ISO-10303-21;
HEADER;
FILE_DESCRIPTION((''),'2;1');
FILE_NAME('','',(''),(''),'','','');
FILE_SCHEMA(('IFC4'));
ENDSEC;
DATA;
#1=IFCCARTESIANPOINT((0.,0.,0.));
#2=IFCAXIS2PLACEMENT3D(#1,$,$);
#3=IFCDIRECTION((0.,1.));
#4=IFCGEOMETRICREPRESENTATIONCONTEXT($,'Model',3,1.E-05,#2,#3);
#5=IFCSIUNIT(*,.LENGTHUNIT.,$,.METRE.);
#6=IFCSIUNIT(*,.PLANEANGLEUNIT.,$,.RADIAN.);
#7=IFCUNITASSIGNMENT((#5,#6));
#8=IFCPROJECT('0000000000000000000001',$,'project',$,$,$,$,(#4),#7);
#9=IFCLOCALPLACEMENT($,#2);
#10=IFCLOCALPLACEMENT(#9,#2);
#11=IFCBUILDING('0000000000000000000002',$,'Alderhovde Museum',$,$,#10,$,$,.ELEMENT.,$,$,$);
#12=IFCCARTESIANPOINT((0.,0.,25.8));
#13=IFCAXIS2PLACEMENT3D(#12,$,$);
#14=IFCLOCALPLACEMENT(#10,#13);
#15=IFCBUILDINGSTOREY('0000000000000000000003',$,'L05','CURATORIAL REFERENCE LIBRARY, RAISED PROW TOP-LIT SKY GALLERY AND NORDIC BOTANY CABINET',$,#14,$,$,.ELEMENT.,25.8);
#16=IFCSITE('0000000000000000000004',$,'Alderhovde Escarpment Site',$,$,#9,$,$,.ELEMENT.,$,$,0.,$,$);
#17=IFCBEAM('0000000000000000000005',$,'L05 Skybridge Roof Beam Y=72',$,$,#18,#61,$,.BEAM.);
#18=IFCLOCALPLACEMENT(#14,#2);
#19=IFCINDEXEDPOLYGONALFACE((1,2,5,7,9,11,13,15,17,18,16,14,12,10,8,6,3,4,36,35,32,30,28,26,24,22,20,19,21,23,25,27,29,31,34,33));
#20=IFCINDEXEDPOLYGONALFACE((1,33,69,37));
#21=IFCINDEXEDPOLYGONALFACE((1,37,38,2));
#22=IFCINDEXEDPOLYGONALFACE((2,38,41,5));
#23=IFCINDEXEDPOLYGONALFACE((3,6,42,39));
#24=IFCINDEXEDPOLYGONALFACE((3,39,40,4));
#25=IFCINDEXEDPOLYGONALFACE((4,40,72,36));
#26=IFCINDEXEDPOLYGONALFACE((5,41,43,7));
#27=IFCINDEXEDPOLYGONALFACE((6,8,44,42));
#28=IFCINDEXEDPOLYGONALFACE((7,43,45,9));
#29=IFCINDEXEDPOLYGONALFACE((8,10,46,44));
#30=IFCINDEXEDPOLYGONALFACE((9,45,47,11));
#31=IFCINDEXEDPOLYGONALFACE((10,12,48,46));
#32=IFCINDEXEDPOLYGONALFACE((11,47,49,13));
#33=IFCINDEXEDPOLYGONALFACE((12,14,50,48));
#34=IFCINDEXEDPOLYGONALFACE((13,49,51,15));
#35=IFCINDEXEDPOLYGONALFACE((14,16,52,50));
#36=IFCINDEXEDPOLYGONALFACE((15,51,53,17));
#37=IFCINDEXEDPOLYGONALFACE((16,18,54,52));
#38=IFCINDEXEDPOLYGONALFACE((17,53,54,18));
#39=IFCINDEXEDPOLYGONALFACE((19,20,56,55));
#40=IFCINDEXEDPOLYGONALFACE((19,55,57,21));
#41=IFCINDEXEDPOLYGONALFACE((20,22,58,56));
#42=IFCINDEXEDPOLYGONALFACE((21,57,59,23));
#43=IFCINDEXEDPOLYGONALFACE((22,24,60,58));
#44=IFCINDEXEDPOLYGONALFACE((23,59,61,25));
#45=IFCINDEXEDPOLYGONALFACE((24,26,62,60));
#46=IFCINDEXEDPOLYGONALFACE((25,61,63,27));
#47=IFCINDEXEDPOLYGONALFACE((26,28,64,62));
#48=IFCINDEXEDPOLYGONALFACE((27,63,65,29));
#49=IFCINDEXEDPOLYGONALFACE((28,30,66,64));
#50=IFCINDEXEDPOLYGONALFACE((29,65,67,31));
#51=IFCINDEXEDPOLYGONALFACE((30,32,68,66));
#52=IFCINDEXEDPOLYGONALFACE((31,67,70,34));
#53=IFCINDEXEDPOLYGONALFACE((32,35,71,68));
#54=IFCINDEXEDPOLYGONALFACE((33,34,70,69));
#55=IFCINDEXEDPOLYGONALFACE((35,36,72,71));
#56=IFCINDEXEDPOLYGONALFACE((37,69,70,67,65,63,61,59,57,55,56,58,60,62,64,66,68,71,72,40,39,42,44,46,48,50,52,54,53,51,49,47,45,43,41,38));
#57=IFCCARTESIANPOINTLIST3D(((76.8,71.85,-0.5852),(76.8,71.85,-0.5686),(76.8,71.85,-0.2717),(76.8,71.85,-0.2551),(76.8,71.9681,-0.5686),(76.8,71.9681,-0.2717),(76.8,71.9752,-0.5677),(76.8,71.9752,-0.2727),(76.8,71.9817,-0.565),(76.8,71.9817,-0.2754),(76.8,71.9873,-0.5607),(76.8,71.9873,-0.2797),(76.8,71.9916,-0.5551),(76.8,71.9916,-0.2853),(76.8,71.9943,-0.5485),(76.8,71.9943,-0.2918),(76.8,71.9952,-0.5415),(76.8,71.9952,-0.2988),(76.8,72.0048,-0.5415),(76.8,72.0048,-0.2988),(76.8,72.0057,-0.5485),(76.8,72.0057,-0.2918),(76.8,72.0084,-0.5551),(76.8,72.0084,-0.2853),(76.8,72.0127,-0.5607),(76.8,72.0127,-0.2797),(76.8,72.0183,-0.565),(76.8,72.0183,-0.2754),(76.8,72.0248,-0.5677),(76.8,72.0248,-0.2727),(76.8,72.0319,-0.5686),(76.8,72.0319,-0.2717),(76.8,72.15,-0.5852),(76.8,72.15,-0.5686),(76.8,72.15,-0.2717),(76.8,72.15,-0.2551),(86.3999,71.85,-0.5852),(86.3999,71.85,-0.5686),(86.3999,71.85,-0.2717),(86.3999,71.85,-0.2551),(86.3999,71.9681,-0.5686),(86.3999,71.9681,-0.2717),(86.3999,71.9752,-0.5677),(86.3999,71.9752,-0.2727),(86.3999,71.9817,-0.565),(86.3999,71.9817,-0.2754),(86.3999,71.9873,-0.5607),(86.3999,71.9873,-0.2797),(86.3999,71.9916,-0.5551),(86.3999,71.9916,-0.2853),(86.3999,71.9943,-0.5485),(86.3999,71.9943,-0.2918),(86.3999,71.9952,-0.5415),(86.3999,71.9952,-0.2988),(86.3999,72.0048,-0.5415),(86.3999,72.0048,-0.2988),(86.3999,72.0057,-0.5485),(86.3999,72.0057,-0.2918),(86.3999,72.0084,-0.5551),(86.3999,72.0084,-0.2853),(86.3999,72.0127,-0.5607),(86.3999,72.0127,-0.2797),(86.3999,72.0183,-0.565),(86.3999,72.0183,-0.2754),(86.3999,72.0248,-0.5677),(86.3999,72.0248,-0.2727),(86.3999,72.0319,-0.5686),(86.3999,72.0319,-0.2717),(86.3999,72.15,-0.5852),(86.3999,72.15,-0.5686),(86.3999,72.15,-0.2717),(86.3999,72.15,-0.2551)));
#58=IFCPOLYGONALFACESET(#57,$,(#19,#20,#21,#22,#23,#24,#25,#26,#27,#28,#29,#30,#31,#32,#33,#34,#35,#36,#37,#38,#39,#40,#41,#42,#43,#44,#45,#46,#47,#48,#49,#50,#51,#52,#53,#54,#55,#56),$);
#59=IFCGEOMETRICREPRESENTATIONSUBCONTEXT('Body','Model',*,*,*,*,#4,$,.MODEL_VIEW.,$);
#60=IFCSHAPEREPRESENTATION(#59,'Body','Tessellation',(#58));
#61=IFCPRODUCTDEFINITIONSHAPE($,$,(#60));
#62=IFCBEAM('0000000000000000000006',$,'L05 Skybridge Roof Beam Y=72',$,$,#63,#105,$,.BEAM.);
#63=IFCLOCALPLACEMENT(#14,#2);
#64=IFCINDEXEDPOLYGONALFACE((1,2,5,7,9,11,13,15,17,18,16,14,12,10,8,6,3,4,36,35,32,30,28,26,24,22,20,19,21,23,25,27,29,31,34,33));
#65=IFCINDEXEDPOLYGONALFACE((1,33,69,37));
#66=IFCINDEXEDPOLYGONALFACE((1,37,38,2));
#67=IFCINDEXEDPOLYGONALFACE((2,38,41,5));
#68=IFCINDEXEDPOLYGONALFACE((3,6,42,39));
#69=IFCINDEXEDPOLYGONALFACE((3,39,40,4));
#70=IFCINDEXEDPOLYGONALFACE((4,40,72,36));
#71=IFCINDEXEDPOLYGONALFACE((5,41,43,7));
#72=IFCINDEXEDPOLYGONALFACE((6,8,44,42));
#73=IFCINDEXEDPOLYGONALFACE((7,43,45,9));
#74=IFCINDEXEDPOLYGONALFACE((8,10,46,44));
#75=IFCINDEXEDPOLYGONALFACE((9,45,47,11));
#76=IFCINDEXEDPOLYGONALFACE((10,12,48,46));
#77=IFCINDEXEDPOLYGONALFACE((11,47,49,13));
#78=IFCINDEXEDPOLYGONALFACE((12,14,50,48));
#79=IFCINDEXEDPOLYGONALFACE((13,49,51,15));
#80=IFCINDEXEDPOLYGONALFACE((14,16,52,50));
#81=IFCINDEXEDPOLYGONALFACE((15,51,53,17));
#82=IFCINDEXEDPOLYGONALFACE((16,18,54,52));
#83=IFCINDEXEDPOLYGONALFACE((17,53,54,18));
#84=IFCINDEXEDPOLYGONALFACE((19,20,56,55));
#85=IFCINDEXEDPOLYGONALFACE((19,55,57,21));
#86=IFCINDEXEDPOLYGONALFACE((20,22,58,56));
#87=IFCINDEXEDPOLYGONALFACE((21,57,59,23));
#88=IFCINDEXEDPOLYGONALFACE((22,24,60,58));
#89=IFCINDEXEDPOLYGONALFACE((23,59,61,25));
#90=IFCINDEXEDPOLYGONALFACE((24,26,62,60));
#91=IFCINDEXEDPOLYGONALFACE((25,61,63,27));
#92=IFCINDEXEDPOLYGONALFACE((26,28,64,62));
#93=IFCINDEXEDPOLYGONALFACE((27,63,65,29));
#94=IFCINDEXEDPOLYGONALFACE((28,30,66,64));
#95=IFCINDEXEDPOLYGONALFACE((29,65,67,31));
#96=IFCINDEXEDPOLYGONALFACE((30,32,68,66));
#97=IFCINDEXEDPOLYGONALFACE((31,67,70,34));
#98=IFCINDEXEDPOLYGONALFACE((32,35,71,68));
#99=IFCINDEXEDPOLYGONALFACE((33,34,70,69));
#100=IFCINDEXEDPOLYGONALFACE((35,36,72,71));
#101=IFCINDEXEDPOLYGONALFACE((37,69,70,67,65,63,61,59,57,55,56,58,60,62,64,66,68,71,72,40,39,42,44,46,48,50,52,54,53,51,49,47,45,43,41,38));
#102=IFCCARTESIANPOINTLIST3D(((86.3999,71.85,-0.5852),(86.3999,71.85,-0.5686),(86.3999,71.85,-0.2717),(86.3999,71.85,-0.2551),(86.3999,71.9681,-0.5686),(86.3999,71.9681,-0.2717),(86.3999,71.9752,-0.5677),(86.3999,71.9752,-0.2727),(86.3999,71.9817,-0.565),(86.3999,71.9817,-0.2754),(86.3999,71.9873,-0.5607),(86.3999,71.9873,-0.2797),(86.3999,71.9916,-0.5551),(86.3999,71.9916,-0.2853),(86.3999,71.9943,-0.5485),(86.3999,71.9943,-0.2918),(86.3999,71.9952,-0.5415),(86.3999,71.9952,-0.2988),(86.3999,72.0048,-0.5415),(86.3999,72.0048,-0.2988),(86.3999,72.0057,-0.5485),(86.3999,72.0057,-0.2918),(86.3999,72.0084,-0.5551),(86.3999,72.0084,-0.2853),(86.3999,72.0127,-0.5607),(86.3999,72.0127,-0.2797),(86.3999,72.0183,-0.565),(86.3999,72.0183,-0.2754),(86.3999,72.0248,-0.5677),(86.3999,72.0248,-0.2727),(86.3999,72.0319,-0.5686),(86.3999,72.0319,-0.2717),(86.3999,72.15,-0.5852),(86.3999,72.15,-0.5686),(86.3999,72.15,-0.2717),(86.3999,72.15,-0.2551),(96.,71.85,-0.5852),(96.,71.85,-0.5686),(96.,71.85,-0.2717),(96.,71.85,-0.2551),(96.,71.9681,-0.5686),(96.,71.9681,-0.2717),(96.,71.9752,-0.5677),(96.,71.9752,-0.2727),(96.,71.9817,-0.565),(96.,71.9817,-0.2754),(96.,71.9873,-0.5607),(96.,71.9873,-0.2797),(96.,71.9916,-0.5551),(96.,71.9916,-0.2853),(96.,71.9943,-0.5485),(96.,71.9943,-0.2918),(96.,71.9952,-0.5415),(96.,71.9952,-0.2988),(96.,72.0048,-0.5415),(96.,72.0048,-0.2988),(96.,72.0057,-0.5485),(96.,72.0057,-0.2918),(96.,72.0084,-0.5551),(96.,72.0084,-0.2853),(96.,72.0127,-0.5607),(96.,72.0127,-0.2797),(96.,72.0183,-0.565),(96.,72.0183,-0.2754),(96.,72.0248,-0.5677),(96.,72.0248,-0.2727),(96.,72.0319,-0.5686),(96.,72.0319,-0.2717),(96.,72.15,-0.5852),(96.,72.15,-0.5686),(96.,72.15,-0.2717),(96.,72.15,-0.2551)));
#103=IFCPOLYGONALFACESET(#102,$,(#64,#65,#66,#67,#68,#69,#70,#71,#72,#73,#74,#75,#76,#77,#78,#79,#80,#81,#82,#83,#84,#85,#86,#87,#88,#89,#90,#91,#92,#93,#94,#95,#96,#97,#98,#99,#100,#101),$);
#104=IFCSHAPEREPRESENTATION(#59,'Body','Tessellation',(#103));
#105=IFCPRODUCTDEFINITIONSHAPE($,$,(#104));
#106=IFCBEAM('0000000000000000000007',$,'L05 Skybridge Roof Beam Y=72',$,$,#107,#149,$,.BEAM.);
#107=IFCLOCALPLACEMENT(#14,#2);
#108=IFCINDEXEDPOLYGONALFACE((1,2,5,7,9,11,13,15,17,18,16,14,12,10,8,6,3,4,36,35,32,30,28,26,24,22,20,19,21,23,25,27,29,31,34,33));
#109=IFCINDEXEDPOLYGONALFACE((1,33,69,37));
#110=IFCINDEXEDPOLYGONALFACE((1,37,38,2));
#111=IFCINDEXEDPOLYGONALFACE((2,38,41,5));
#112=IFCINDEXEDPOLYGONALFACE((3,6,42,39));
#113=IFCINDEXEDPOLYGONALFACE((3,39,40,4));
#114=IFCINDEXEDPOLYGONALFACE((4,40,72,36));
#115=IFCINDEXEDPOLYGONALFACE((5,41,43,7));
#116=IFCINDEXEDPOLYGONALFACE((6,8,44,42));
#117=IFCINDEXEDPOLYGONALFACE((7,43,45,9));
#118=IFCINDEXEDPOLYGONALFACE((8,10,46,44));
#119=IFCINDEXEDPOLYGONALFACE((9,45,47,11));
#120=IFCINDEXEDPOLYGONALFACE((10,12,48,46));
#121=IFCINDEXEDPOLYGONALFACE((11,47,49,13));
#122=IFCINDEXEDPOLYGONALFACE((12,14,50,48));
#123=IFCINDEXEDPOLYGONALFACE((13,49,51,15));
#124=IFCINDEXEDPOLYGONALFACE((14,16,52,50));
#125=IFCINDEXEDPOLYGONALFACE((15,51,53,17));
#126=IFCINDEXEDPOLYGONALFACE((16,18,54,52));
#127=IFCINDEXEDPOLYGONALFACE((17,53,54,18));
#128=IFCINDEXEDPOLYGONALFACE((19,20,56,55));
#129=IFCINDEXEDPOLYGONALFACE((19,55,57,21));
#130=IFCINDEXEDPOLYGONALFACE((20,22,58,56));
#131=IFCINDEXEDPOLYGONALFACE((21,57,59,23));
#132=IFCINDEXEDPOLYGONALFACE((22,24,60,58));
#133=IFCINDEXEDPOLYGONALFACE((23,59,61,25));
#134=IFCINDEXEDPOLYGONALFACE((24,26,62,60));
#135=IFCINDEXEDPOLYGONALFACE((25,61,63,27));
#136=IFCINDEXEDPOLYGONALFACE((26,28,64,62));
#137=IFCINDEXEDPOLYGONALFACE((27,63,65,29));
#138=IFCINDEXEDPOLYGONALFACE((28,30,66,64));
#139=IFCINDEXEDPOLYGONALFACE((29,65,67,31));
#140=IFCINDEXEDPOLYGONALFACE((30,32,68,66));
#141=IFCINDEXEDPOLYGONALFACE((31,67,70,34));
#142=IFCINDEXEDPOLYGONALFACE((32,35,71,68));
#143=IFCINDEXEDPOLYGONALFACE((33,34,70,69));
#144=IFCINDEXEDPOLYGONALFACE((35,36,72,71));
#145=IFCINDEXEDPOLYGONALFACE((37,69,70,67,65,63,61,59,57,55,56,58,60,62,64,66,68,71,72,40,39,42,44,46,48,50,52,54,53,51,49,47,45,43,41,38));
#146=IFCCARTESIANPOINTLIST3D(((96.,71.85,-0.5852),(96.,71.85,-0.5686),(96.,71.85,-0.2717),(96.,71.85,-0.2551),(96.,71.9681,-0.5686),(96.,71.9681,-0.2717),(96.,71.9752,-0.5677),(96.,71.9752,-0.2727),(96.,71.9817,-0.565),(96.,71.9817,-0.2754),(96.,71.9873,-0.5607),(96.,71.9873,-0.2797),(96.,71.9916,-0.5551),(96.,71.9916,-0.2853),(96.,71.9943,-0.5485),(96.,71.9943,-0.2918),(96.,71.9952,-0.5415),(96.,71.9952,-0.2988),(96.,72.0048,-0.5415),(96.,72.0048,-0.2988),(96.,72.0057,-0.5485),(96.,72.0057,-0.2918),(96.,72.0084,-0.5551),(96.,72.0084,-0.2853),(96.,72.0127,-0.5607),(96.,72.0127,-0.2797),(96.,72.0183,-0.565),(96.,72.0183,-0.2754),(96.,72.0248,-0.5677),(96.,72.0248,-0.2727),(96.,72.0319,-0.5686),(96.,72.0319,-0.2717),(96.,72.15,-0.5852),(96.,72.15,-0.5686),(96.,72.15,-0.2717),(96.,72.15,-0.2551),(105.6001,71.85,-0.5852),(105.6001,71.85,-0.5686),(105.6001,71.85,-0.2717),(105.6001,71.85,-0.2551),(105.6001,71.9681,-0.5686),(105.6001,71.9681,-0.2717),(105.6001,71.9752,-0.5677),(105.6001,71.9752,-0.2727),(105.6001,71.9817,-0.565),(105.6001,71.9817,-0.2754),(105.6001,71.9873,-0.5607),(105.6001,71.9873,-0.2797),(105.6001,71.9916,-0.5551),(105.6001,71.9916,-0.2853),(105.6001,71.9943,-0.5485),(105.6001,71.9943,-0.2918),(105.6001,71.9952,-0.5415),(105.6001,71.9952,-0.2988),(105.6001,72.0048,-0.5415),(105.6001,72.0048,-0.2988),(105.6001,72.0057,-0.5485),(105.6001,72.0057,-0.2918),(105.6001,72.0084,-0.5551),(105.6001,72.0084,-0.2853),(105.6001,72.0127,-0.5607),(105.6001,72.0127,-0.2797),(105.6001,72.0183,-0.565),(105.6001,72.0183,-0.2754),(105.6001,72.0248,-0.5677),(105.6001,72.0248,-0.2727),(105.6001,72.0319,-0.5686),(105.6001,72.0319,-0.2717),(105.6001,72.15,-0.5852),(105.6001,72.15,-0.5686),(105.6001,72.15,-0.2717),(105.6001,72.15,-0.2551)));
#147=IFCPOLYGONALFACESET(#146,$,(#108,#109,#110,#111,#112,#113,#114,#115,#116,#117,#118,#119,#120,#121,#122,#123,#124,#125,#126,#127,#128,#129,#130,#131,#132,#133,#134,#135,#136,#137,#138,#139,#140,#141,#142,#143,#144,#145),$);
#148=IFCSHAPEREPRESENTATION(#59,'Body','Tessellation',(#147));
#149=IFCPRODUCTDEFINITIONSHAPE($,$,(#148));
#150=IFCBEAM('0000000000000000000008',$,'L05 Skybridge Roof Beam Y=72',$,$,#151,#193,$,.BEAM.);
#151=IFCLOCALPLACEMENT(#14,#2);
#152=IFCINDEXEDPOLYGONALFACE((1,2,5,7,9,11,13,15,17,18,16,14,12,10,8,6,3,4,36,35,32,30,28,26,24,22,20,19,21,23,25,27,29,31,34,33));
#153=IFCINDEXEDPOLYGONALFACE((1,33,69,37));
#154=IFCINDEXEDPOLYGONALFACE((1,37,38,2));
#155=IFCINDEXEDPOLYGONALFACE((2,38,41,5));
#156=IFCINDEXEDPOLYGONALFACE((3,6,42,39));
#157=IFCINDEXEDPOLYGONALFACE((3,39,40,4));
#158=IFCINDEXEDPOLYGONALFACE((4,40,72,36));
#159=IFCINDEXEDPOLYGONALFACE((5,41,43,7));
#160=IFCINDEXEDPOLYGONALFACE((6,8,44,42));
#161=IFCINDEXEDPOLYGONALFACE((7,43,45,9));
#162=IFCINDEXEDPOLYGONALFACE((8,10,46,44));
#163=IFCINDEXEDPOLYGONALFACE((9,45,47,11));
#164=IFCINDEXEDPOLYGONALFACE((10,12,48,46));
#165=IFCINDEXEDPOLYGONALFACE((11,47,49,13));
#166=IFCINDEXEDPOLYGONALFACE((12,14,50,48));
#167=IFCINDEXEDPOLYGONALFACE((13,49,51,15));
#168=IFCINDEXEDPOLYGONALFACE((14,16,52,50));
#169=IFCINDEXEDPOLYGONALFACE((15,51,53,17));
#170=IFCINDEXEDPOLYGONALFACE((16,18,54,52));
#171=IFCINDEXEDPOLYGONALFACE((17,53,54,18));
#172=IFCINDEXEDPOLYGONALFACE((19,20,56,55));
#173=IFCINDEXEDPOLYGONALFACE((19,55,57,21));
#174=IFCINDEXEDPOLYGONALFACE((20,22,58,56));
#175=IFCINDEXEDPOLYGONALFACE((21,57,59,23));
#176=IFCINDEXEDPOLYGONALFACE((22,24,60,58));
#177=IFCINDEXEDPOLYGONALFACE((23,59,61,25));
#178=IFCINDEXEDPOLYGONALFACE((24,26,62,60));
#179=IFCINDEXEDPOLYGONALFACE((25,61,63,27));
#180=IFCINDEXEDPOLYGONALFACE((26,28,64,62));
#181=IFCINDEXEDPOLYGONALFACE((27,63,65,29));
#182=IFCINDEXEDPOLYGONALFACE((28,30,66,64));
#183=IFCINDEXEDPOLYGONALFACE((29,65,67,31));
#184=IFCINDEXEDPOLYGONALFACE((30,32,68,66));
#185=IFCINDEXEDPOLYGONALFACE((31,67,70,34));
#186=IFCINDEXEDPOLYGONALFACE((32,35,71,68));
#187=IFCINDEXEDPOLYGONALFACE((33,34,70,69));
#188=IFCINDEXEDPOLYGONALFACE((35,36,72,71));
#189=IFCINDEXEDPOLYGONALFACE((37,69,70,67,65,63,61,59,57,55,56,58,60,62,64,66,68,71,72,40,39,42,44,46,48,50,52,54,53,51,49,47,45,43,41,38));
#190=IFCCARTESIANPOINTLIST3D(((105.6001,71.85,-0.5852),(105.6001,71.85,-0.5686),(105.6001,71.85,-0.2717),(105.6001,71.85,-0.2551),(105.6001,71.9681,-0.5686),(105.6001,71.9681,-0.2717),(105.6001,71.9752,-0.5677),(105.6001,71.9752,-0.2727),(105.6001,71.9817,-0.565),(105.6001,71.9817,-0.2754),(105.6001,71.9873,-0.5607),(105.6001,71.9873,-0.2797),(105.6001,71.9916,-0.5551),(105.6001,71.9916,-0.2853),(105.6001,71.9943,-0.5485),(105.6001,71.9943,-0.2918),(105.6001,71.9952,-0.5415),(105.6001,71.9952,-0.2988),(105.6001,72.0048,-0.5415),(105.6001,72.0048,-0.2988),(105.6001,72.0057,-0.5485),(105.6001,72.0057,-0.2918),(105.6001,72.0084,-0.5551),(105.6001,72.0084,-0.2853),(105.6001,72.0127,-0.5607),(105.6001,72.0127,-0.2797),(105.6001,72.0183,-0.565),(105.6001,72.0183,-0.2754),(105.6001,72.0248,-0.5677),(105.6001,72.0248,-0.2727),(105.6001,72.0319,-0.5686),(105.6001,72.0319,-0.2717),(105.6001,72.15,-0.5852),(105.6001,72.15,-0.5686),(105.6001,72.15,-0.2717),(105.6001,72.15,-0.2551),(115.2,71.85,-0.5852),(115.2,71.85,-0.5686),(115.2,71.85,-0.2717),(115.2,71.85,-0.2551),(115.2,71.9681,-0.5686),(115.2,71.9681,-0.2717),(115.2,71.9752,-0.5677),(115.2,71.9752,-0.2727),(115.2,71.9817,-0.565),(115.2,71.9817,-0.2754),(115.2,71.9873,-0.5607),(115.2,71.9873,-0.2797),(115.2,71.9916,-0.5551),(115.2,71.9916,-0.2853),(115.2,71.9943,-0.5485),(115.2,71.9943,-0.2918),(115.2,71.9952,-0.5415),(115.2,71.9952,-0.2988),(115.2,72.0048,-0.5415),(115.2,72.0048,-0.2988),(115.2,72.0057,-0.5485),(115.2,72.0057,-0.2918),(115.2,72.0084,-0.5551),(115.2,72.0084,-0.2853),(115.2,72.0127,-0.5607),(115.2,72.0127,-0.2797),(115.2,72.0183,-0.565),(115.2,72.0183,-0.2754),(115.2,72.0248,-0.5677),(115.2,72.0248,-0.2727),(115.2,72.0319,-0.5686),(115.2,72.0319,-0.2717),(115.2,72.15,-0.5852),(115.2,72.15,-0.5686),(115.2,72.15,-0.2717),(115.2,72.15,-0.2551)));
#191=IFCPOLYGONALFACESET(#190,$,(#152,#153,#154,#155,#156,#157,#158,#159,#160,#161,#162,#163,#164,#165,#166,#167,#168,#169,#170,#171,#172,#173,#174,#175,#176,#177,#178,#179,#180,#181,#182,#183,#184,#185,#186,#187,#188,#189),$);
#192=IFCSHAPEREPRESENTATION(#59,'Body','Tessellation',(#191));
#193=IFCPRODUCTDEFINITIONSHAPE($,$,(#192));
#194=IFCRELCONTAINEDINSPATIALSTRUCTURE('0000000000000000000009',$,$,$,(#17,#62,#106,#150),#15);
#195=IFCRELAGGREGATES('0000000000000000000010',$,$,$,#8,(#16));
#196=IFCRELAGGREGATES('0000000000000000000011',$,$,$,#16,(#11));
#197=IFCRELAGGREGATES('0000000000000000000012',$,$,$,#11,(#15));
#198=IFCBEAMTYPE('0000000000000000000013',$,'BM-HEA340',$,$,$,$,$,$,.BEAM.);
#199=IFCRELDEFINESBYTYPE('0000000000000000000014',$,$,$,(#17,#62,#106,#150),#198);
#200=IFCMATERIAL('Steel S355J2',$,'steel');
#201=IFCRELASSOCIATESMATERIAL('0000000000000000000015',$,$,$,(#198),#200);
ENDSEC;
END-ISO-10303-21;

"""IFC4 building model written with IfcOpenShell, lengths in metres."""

from ifc_helpers import new_model, si_unit, direction, frame, origin, origin_2d, place, context, subcontext, project, spatial, i_section, extrude, material, material_profile, profile_set, type_object, element, save


model = new_model("IFC4")

# Units and contexts
model_context = context("Model", 3, precision=1e-05, world=origin(), true_north=direction((0.0, 1.0)))
body_context = subcontext(model_context, "Body", "Model", "MODEL_VIEW")
ifc_project = project(units=[si_unit("LENGTHUNIT", "METRE"), si_unit("PLANEANGLEUNIT", "RADIAN")], contexts=[model_context])

# Site, building, storey
site_placement = place(None, origin())
site = spatial("IfcSite", under=ifc_project, at=site_placement, Name="Alderhovde Escarpment Site", CompositionType="ELEMENT", RefElevation=0.0)
building_placement = place(site_placement, origin())
building = spatial("IfcBuilding", under=site, at=building_placement, Name="Alderhovde Museum", CompositionType="ELEMENT")
storey_placement = place(building_placement, frame((0.0, 0.0, 25.8)))
storey = spatial("IfcBuildingStorey", under=building, at=storey_placement, Name="L05", Description="CURATORIAL REFERENCE LIBRARY, RAISED PROW TOP-LIT SKY GALLERY AND NORDIC BOTANY CABINET", CompositionType="ELEMENT", Elevation=25.8)

# Beams
ifc_material_1 = material(Name="Steel S355J2", Category="steel")
ifc_material_profile = material_profile(ifc_material_1, i_section(OverallWidth=0.3, OverallDepth=0.3301, WebThickness=0.0095, FlangeThickness=0.0166, FilletRadius=0.0271, at=origin_2d()), Name="HEA 340")
ifc_profile_set = profile_set([ifc_material_profile], Name="Steel S355J2")
beam_type = type_object("IfcBeamType", Name="BM-HEA340", PredefinedType="BEAM", material=ifc_profile_set)
beam_1_placement = place(storey_placement, frame((76.8, 72.0, -0.4202), z_axis=(1.0, 0.0, 0.0), x_axis=(0.0, 1.0, 0.0)))
element("IfcBeam", 1, at=beam_1_placement, inside=storey, type_object=beam_type, Name="L05 Skybridge Roof Beam Y=72", PredefinedType="BEAM", context=body_context, shape_type="SweptSolid", body=[
    extrude(i_section(OverallWidth=0.3, OverallDepth=0.3301, WebThickness=0.0095, FlangeThickness=0.0166, FilletRadius=0.0271, at=origin_2d()), origin(), (0.0, 0.0, 1.0), 9.5999),
])
for number, where, z_axis, x_axis, name in (
    (2, (86.3999, 72.0, -0.4202), (1.0, 0.0, 0.0), (0.0, 1.0, 0.0), "L05 Skybridge Roof Beam Y=72"),
    (3, (96.0, 72.0, -0.4202), (1.0, 0.0, 0.0), (0.0, 1.0, 0.0), "L05 Skybridge Roof Beam Y=72"),
):
    element("IfcBeam", number, at=place(storey_placement, frame(where, z_axis=z_axis, x_axis=x_axis)), inside=storey, type_object=beam_type, Name=name, PredefinedType="BEAM", context=body_context, shape_type="SweptSolid", body=[
        extrude(i_section(OverallWidth=0.3, OverallDepth=0.3301, WebThickness=0.0095, FlangeThickness=0.0166, FilletRadius=0.0271, at=origin_2d()), origin(), (0.0, 0.0, 1.0), 9.6001),
    ])
for number, where, z_axis, x_axis, name in (
    (4, (105.6001, 72.0, -0.4202), (1.0, 0.0, 0.0), (0.0, 1.0, 0.0), "L05 Skybridge Roof Beam Y=72"),
):
    element("IfcBeam", number, at=place(storey_placement, frame(where, z_axis=z_axis, x_axis=x_axis)), inside=storey, type_object=beam_type, Name=name, PredefinedType="BEAM", context=body_context, shape_type="SweptSolid", body=[
        extrude(i_section(OverallWidth=0.3, OverallDepth=0.3301, WebThickness=0.0095, FlangeThickness=0.0166, FilletRadius=0.0271, at=origin_2d()), origin(), (0.0, 0.0, 1.0), 9.5999),
    ])

save(model, "model.ifc")
